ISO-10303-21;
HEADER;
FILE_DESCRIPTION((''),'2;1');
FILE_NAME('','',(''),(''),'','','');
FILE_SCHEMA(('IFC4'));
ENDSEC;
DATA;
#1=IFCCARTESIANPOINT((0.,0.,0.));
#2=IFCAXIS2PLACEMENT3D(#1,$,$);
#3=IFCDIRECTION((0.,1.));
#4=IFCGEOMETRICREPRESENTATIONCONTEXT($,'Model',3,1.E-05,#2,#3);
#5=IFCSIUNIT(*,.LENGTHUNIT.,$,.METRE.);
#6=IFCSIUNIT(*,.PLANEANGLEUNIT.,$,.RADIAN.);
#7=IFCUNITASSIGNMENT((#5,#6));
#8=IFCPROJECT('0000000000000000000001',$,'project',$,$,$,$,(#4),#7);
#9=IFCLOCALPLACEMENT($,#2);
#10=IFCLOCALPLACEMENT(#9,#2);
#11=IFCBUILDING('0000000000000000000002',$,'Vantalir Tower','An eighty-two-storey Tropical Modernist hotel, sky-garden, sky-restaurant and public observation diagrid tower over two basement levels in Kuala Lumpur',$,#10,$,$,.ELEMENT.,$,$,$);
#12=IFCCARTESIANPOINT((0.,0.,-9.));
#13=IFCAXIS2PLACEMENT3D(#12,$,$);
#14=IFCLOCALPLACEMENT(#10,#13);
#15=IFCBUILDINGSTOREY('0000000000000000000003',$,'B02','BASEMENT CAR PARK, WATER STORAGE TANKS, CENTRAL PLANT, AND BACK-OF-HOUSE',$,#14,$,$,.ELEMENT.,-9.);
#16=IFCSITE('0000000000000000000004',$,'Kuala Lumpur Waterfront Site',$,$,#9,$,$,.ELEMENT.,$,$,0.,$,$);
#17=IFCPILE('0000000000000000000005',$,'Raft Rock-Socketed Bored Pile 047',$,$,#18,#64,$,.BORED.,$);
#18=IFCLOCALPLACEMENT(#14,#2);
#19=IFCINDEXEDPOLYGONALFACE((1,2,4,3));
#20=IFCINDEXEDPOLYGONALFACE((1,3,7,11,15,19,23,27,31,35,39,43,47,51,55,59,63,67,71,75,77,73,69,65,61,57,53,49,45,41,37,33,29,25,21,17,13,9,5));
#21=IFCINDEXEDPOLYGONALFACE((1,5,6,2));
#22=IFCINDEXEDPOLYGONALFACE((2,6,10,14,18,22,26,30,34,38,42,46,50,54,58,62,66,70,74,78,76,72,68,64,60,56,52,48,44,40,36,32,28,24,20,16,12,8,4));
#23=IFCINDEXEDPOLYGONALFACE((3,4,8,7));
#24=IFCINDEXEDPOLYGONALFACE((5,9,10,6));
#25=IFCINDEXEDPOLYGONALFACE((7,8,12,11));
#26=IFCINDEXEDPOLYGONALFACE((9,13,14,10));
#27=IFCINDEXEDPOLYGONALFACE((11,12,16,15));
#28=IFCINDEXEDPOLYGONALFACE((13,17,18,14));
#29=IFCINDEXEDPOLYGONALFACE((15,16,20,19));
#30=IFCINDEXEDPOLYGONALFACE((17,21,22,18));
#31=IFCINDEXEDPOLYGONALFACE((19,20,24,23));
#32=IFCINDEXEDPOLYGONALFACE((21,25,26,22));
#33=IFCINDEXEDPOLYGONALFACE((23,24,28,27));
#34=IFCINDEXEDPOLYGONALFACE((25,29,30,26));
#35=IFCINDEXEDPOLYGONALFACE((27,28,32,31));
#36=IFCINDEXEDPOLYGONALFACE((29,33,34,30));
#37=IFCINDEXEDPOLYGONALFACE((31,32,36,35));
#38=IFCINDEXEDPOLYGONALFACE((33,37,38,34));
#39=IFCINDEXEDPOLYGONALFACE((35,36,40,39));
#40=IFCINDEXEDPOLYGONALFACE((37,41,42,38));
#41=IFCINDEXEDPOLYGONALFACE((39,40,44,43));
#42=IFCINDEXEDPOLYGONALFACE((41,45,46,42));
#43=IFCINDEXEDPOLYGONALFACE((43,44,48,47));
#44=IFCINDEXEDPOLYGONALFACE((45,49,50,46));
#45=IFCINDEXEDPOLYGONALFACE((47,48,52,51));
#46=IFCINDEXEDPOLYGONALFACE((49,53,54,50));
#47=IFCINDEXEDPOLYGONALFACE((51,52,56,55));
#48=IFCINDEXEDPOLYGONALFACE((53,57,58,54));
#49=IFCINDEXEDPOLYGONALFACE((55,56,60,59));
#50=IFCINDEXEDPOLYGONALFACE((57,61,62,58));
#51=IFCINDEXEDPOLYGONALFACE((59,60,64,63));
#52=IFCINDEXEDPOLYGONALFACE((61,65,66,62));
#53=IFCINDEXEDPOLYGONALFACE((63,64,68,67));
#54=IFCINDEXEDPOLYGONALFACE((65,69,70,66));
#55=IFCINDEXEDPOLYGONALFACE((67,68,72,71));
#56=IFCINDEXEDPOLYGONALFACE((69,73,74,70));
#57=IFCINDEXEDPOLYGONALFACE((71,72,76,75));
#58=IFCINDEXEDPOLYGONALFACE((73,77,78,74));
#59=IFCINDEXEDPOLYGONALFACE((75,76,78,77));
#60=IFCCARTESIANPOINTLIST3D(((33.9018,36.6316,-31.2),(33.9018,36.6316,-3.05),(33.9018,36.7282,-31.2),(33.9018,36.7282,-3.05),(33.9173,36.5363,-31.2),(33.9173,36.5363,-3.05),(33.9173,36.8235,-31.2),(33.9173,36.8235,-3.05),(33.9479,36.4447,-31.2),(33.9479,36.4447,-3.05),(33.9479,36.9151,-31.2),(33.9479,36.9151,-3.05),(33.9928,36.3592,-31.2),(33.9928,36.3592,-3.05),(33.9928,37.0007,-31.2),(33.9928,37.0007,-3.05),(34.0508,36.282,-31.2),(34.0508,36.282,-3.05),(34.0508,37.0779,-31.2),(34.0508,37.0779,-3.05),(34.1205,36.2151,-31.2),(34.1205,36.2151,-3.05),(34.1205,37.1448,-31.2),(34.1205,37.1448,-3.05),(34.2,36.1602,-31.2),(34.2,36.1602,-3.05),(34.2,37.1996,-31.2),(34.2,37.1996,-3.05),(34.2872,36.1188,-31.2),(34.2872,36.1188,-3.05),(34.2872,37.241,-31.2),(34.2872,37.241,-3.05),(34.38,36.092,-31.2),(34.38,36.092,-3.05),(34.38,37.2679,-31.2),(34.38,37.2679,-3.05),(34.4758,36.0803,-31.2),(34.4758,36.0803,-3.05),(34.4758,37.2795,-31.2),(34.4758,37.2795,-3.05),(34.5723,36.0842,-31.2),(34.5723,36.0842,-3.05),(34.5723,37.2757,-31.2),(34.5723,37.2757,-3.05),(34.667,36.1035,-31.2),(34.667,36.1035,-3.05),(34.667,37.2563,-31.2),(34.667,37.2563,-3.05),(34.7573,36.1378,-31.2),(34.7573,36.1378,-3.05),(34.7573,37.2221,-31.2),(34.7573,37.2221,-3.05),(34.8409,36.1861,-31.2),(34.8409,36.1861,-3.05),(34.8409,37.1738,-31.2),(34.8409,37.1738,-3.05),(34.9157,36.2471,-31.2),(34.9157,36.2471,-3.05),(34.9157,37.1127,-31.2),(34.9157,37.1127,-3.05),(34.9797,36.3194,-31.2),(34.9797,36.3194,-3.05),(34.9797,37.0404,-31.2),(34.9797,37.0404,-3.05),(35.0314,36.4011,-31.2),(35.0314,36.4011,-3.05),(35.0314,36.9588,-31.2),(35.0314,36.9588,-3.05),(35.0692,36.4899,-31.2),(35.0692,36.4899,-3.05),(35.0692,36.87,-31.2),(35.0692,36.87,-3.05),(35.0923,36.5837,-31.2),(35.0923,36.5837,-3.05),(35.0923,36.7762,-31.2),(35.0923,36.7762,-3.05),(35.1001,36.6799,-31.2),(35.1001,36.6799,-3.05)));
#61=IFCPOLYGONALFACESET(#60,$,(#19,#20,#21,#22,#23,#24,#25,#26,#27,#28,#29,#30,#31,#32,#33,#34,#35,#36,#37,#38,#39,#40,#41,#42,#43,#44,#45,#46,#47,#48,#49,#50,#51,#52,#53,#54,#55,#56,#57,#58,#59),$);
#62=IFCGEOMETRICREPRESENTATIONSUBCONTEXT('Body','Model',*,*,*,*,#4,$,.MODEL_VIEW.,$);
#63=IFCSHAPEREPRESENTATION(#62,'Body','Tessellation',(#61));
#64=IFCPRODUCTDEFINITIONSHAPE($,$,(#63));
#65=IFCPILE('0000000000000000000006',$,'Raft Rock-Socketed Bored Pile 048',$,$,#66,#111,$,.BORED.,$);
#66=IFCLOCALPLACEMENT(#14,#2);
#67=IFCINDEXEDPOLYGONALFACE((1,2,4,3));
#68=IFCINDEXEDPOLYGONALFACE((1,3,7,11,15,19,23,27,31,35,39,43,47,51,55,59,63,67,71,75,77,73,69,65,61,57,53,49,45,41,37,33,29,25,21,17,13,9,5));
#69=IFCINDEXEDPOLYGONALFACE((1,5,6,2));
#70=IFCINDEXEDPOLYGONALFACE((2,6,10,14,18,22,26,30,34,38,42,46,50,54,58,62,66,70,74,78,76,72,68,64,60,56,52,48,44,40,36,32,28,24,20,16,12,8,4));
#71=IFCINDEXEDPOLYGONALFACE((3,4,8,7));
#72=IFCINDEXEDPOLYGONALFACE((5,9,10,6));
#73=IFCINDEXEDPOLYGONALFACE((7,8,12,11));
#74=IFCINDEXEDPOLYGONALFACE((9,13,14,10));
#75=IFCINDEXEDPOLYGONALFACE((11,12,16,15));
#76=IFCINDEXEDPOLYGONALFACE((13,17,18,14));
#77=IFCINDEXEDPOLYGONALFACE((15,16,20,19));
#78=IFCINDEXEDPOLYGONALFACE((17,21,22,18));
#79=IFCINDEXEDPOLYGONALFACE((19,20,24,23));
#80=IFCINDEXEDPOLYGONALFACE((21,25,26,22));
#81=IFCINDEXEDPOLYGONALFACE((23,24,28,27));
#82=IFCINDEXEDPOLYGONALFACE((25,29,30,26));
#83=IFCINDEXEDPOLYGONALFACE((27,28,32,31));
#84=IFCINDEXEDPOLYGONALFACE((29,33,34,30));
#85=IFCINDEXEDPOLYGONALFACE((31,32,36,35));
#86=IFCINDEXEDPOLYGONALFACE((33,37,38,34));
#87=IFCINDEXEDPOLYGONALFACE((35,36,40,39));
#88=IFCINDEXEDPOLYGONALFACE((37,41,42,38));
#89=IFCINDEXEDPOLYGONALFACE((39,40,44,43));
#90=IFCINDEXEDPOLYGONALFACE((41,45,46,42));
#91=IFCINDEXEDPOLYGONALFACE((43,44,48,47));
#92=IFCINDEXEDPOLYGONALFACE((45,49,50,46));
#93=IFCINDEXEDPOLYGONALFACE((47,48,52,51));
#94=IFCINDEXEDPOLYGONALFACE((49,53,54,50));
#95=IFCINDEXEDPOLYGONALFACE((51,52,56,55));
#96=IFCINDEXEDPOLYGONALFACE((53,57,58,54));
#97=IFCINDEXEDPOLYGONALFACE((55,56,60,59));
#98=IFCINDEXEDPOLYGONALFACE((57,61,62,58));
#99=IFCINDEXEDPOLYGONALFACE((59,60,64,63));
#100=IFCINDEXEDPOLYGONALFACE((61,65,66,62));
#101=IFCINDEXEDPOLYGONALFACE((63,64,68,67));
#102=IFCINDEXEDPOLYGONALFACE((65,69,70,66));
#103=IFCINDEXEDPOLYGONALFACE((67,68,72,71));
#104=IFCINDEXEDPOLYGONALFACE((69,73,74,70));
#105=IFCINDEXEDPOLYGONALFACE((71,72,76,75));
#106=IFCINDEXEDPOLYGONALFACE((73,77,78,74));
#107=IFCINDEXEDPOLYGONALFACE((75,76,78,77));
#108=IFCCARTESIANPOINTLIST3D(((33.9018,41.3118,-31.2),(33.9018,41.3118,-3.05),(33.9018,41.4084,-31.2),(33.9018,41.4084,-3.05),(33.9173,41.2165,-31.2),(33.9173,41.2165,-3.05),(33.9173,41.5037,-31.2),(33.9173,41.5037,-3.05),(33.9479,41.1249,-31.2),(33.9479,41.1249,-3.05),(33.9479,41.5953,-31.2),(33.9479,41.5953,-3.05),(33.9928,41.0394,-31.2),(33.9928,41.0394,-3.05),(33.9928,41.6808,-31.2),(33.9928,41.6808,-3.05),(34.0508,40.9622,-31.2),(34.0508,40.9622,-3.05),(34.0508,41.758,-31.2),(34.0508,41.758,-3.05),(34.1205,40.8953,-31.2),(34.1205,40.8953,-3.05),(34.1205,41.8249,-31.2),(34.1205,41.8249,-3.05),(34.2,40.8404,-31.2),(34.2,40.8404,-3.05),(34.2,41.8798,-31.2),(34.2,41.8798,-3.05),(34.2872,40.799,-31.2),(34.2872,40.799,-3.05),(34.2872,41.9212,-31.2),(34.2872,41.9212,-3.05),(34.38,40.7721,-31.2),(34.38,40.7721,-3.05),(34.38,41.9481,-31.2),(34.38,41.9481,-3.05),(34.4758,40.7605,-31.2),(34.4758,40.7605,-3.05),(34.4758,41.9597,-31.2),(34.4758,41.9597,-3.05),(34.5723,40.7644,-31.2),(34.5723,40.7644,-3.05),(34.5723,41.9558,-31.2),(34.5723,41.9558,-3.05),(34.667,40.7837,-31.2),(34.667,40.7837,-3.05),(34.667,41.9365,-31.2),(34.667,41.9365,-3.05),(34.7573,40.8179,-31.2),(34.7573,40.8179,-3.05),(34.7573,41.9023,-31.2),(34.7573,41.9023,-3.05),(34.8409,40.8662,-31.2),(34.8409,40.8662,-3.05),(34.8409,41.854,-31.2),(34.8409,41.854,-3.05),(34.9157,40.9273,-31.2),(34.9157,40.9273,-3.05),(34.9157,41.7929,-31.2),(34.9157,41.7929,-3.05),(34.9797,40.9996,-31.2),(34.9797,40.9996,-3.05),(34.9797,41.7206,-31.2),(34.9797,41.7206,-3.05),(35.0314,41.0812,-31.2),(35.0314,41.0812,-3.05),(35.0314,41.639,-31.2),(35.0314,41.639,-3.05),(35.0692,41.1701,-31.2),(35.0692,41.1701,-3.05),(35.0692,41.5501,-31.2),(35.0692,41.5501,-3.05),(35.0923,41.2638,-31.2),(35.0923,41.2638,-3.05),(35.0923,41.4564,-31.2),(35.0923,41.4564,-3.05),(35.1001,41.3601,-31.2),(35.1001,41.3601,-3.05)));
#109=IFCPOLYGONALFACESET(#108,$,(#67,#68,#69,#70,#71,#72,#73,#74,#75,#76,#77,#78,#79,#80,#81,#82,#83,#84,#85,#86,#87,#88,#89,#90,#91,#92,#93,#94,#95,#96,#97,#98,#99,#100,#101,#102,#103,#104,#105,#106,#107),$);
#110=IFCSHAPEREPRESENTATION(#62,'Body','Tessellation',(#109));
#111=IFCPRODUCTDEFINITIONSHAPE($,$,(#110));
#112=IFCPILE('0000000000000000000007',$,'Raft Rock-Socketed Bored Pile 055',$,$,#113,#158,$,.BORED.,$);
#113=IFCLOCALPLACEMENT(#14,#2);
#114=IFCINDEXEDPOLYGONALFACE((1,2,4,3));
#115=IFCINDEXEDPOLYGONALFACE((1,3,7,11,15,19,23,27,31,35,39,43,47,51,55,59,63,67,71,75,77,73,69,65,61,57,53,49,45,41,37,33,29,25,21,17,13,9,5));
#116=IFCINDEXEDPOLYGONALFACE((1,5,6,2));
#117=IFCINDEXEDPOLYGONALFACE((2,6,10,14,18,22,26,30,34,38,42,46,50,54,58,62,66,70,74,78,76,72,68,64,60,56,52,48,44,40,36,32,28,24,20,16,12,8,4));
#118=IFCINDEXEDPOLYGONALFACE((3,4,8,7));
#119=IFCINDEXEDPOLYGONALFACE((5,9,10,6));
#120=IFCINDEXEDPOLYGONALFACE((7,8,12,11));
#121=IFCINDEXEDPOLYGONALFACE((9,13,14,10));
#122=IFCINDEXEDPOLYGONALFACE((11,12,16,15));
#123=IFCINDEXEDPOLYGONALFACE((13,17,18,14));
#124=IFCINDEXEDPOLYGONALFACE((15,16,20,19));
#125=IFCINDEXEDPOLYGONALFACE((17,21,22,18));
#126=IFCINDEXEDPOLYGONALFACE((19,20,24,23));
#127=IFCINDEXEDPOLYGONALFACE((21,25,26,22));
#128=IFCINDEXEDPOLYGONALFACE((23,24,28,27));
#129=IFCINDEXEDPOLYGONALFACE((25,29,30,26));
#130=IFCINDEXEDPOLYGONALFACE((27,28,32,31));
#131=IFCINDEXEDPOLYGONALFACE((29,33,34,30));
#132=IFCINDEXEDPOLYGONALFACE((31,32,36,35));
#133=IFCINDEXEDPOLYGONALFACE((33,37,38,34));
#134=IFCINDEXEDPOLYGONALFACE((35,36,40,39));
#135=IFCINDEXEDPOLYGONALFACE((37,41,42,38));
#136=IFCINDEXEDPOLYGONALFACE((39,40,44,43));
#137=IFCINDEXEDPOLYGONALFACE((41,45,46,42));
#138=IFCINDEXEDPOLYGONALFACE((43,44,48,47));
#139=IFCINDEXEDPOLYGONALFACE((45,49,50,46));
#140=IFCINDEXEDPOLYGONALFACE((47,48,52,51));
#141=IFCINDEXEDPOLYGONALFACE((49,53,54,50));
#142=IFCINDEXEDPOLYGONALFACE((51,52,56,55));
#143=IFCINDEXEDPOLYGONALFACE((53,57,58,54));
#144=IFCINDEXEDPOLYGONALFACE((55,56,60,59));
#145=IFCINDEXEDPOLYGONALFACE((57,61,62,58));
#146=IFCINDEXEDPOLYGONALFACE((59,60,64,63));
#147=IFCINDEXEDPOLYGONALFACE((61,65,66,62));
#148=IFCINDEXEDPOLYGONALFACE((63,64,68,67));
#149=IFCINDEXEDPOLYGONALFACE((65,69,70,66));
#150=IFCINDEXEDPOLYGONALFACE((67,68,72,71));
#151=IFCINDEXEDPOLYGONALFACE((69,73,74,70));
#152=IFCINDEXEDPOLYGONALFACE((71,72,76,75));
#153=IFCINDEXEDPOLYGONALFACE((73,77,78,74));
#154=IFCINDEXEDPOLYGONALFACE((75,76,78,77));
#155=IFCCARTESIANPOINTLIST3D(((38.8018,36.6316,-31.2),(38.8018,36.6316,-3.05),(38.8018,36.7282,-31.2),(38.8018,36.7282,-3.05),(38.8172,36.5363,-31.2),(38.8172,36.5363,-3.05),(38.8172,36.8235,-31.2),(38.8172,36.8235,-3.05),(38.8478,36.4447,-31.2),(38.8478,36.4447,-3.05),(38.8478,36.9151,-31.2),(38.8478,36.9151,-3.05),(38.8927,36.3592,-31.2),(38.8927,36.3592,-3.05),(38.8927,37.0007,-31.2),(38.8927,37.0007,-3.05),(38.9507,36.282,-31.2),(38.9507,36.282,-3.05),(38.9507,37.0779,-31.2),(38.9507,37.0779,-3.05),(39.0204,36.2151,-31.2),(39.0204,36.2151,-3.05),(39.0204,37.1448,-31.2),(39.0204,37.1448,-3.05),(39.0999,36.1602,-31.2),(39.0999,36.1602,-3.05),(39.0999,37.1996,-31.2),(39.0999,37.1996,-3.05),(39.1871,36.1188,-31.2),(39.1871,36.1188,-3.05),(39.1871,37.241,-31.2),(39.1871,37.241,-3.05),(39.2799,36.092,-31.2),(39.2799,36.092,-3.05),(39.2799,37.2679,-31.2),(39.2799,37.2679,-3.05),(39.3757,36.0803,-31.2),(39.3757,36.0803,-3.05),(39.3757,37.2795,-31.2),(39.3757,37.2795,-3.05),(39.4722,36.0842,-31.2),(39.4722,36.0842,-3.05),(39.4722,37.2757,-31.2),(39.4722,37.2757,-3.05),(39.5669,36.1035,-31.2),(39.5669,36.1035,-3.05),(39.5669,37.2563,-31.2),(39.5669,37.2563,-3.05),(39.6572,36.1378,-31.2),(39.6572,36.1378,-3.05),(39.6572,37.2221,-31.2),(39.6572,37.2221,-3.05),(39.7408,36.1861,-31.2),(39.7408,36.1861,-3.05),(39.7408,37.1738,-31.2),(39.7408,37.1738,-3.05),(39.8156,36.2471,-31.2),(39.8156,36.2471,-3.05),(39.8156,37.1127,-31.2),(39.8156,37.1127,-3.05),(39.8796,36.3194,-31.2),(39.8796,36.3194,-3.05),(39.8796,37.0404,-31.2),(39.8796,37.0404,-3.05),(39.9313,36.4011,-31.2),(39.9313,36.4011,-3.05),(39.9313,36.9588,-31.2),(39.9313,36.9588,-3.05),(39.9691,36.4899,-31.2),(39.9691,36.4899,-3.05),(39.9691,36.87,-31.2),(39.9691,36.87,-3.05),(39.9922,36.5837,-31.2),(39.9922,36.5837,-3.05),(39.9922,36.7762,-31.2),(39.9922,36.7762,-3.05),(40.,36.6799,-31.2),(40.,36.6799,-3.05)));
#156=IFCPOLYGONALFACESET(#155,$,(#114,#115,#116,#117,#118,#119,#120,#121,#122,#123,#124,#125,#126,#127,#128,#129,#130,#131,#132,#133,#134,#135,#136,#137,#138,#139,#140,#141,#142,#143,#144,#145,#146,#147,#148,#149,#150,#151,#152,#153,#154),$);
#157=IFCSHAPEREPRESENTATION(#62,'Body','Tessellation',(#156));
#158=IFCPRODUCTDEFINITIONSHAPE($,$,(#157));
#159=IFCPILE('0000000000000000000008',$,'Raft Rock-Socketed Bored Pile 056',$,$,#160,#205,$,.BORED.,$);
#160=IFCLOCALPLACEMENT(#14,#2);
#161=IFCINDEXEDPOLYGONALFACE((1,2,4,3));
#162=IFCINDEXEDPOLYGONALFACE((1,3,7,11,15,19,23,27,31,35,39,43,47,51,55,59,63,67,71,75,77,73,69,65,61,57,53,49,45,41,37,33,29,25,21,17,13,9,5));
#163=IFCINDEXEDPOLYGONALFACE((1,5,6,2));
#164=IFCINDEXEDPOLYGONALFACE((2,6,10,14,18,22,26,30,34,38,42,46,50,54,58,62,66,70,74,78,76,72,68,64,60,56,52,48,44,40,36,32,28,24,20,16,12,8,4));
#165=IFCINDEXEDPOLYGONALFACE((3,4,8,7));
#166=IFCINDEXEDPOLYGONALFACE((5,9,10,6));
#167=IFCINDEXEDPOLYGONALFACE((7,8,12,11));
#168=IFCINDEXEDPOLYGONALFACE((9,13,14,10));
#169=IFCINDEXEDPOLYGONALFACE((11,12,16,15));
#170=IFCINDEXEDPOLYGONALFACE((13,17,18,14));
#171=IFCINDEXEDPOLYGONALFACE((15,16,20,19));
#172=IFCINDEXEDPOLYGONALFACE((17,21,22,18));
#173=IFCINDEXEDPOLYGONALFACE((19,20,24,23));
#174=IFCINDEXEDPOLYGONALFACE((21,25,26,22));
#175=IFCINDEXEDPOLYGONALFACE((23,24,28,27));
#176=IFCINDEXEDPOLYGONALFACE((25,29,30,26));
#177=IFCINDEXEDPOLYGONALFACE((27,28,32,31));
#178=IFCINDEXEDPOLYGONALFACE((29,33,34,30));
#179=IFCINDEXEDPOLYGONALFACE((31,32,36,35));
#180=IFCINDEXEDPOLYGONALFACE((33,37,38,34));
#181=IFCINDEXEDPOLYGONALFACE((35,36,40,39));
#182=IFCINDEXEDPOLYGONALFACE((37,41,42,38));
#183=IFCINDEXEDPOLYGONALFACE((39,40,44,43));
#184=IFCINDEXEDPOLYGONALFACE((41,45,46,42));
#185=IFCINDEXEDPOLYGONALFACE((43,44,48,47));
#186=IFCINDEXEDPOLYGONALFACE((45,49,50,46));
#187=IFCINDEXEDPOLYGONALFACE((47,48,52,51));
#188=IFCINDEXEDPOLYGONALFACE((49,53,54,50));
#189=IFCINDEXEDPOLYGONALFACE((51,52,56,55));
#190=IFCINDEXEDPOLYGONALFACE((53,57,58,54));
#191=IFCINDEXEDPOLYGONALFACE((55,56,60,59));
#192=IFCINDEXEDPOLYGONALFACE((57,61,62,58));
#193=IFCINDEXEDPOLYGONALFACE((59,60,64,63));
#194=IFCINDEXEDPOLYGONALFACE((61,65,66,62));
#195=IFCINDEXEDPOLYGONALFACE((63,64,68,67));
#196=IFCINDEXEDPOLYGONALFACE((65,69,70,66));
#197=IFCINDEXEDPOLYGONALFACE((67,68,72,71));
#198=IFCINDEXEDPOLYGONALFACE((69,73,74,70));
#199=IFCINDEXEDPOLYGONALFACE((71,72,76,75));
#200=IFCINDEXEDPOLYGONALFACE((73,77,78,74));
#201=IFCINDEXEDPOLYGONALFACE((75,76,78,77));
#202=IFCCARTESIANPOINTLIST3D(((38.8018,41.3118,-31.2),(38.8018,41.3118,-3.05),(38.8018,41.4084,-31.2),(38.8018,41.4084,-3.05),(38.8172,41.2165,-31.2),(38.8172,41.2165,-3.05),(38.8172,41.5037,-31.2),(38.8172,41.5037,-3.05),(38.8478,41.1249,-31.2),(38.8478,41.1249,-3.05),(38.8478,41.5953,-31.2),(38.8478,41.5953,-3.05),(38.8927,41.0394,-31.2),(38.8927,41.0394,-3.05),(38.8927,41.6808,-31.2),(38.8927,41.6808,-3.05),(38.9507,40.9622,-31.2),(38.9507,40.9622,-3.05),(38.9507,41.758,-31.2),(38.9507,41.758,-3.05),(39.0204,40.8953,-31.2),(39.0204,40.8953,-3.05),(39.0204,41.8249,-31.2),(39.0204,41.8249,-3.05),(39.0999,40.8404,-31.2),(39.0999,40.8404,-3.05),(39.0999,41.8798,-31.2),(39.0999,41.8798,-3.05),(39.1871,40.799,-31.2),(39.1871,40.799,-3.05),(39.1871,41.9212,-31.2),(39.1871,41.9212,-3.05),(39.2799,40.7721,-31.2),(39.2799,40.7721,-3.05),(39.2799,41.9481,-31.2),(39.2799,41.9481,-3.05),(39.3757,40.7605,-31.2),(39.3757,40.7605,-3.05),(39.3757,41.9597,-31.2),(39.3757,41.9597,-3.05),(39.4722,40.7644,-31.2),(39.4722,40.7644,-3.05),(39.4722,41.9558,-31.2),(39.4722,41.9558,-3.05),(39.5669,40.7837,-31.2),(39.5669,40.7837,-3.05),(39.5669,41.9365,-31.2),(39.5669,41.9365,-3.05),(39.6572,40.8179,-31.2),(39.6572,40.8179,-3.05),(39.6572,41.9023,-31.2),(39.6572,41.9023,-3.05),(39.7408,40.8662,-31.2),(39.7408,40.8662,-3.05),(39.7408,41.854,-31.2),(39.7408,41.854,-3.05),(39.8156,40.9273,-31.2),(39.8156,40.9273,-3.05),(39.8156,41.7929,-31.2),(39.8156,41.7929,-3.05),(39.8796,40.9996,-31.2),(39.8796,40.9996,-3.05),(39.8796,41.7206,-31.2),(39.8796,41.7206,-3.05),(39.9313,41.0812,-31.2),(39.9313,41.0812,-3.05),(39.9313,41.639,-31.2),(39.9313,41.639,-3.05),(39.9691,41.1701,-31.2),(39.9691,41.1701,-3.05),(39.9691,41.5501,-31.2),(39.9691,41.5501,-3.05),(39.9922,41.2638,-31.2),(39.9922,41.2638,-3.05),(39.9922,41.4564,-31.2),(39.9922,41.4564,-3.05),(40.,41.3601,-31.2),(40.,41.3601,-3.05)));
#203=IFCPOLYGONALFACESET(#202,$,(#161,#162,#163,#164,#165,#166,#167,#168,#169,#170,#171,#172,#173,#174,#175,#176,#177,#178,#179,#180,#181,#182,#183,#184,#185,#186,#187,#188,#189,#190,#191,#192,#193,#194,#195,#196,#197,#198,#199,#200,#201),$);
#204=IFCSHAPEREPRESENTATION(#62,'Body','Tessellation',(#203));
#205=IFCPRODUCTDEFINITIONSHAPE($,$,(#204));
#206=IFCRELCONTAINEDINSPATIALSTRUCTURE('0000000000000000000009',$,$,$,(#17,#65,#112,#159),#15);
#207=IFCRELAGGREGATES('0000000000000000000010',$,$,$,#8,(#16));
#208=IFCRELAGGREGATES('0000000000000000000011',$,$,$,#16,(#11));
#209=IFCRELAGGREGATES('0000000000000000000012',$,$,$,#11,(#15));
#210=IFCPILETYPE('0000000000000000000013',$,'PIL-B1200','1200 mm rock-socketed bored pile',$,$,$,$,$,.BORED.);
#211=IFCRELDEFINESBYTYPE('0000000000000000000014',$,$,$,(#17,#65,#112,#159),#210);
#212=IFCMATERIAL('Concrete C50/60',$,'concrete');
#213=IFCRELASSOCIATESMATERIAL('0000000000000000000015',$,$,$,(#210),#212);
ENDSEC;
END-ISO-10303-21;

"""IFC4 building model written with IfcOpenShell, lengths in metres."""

from ifc_helpers import new_model, si_unit, direction, frame, origin, origin_2d, place, context, subcontext, project, spatial, circle, extrude, material, material_profile, profile_set, type_object, element, save


model = new_model("IFC4")

# Units and contexts
model_context = context("Model", 3, precision=1e-05, world=origin(), true_north=direction((0.0, 1.0)))
body_context = subcontext(model_context, "Body", "Model", "MODEL_VIEW")
ifc_project = project(units=[si_unit("LENGTHUNIT", "METRE"), si_unit("PLANEANGLEUNIT", "RADIAN")], contexts=[model_context])

# Site, building, storey
site_placement = place(None, origin())
site = spatial("IfcSite", under=ifc_project, at=site_placement, Name="Kuala Lumpur Waterfront Site", CompositionType="ELEMENT", RefElevation=0.0)
building_placement = place(site_placement, origin())
building = spatial("IfcBuilding", under=site, at=building_placement, Name="Vantalir Tower", Description="An eighty-two-storey Tropical Modernist hotel, sky-garden, sky-restaurant and public observation diagrid tower over two basement levels in Kuala Lumpur", CompositionType="ELEMENT")
storey_placement = place(building_placement, frame((0.0, 0.0, -9.0)))
storey = spatial("IfcBuildingStorey", under=building, at=storey_placement, Name="B02", Description="BASEMENT CAR PARK, WATER STORAGE TANKS, CENTRAL PLANT, AND BACK-OF-HOUSE", CompositionType="ELEMENT", Elevation=-9.0)

# Shared definitions
ifc_material_1 = material(Name="Concrete C50/60", Category="concrete")

# Piles
ifc_material_profile_1 = material_profile(ifc_material_1, circle(Radius=0.6001, at=origin_2d()), Name="Concrete C50/60")
ifc_profile_set_1 = profile_set([ifc_material_profile_1], Name="Concrete C50/60")
pile_type_1 = type_object("IfcPileType", Name="PIL-B1200", Description="1200 mm rock-socketed bored pile", PredefinedType="BORED", material=ifc_profile_set_1)
for number, where, z_axis, x_axis, name in (
    (1, (34.5, 36.6799, -3.05), (0.0, 0.0, -1.0), (1.0, 0.0, 0.0), "Raft Rock-Socketed Bored Pile 047"),
    (2, (34.5, 41.3601, -3.05), (0.0, 0.0, -1.0), (1.0, 0.0, 0.0), "Raft Rock-Socketed Bored Pile 048"),
    (3, (39.3999, 36.6799, -3.05), (0.0, 0.0, -1.0), (1.0, 0.0, 0.0), "Raft Rock-Socketed Bored Pile 055"),
    (4, (39.3999, 41.3601, -3.05), (0.0, 0.0, -1.0), (1.0, 0.0, 0.0), "Raft Rock-Socketed Bored Pile 056"),
):
    element("IfcPile", number, at=place(storey_placement, frame(where, z_axis=z_axis, x_axis=x_axis)), inside=storey, type_object=pile_type_1, Name=name, PredefinedType="BORED", context=body_context, shape_type="SweptSolid", body=[
        extrude(circle(Radius=0.6001, at=origin_2d()), origin(), (0.0, 0.0, 1.0), 28.1499),
    ])

save(model, "model.ifc")
